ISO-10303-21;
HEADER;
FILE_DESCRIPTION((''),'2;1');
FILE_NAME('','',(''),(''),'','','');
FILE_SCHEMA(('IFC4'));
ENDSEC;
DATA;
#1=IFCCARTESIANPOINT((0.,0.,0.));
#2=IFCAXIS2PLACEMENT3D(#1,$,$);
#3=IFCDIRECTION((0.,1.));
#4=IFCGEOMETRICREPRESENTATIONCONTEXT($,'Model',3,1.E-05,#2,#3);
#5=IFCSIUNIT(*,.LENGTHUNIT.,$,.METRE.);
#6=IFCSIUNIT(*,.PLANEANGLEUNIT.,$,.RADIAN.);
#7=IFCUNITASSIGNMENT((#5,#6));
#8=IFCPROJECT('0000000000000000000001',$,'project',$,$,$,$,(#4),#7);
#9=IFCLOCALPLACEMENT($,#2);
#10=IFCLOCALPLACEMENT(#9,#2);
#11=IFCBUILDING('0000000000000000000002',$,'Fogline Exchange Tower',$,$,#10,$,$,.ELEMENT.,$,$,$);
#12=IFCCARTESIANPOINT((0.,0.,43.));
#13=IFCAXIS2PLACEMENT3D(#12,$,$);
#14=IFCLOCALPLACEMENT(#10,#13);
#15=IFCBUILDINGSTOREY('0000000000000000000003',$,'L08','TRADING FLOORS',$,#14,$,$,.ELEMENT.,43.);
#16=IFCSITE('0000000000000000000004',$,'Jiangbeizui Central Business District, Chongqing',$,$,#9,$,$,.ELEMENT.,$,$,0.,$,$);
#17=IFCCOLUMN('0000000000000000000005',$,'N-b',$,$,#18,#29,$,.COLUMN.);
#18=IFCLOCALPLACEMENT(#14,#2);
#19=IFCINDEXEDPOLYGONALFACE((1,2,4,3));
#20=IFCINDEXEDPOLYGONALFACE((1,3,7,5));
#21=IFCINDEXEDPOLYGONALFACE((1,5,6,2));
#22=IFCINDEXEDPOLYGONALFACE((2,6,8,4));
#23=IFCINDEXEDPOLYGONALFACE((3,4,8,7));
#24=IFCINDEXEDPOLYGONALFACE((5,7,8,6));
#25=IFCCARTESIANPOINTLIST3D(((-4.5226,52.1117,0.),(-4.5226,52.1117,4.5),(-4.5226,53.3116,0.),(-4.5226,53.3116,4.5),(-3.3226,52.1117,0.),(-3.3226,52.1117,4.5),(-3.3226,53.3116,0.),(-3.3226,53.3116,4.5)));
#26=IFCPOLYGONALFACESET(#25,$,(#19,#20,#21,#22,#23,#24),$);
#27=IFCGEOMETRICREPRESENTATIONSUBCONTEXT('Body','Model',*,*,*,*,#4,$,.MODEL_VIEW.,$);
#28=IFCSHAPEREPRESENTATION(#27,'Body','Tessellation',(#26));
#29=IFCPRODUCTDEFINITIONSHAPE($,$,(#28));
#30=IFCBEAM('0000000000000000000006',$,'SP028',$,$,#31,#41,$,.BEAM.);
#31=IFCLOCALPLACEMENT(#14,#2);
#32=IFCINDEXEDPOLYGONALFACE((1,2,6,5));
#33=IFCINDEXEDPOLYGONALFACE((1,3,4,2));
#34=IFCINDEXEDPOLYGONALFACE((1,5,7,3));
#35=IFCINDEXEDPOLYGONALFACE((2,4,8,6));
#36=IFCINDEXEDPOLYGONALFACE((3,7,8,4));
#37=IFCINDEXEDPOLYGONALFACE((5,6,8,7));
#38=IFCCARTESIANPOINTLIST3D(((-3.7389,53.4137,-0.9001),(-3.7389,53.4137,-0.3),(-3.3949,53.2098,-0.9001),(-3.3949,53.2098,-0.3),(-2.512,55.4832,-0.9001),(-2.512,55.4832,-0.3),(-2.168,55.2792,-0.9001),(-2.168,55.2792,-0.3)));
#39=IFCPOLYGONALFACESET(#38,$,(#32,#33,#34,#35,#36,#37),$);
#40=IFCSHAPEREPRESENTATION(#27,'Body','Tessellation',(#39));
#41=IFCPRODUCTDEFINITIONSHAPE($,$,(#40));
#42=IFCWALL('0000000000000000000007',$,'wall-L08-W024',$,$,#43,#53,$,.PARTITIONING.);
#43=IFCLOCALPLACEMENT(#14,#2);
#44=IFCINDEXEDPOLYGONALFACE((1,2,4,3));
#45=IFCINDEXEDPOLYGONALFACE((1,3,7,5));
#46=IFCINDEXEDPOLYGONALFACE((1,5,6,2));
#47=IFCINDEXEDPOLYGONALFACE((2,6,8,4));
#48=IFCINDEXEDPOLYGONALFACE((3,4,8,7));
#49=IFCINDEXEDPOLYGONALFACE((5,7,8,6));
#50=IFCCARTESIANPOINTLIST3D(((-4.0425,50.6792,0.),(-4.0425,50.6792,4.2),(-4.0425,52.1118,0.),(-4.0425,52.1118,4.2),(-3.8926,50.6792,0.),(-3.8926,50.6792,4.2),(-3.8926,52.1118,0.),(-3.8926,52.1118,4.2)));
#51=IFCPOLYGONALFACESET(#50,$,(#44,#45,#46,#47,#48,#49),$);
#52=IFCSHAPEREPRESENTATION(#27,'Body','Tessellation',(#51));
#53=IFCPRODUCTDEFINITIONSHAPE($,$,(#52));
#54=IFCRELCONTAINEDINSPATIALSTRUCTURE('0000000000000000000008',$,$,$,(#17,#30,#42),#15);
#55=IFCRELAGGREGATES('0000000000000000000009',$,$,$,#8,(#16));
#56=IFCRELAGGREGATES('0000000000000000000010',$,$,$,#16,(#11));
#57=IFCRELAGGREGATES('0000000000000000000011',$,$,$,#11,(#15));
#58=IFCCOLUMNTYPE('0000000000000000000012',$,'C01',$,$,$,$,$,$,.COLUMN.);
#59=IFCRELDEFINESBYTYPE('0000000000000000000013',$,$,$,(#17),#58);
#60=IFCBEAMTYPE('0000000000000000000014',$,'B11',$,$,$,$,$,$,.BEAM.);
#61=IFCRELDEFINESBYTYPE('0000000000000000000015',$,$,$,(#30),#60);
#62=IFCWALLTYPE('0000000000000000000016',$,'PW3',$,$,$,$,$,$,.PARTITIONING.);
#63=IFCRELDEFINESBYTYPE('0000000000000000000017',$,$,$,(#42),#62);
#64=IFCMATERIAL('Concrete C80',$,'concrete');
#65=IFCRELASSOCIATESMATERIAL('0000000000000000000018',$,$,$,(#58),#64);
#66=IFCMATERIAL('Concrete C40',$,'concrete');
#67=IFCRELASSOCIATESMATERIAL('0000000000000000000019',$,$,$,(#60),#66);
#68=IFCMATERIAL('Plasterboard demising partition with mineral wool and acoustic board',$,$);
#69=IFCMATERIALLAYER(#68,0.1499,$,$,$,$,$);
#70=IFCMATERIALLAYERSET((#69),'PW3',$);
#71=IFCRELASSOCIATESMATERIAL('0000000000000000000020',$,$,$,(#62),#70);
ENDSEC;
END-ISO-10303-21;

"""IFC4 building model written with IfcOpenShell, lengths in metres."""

from ifc_helpers import new_model, si_unit, direction, frame, frame_2d, origin, origin_2d, place, context, subcontext, project, spatial, rectangle, extrude, material, layer, layer_set, material_profile, profile_set, type_object, element, save


model = new_model("IFC4")

# Units and contexts
model_context = context("Model", 3, precision=1e-05, world=origin(), true_north=direction((0.0, 1.0)))
body_context = subcontext(model_context, "Body", "Model", "MODEL_VIEW")
ifc_project = project(units=[si_unit("LENGTHUNIT", "METRE"), si_unit("PLANEANGLEUNIT", "RADIAN")], contexts=[model_context])

# Site, building, storey
site_placement = place(None, origin())
site = spatial("IfcSite", under=ifc_project, at=site_placement, Name="Jiangbeizui Central Business District, Chongqing", CompositionType="ELEMENT", RefElevation=0.0)
building_placement = place(site_placement, origin())
building = spatial("IfcBuilding", under=site, at=building_placement, Name="Fogline Exchange Tower", CompositionType="ELEMENT")
storey_placement = place(building_placement, frame((0.0, 0.0, 43.0)))
storey = spatial("IfcBuildingStorey", under=building, at=storey_placement, Name="L08", Description="TRADING FLOORS", CompositionType="ELEMENT", Elevation=43.0)

# Column
ifc_material_1 = material(Name="Concrete C80", Category="concrete")
ifc_material_profile_1 = material_profile(ifc_material_1, rectangle(XDim=1.2, YDim=1.2, at=origin_2d()), Name="RC 1200x1200")
ifc_profile_set_1 = profile_set([ifc_material_profile_1], Name="Concrete C80")
column_type = type_object("IfcColumnType", Name="C01", PredefinedType="COLUMN", material=ifc_profile_set_1)
column_placement = place(storey_placement, frame((-3.9226, 52.7117, 0.0), z_axis=(0.0, 0.0, 1.0), x_axis=(1.0, 0.0, 0.0)))
element("IfcColumn", 1, at=column_placement, inside=storey, type_object=column_type, Name="N-b", PredefinedType="COLUMN", context=body_context, shape_type="SweptSolid", body=[
    extrude(rectangle(XDim=1.2, YDim=1.2, at=origin_2d()), origin(), (0.0, 0.0, 1.0), 4.5),
])

# Beam
ifc_material_2 = material(Name="Concrete C40", Category="concrete")
ifc_material_profile_2 = material_profile(ifc_material_2, rectangle(XDim=0.3999, YDim=0.6001, at=origin_2d()), Name="RC 400x600")
ifc_profile_set_2 = profile_set([ifc_material_profile_2], Name="Concrete C40")
beam_type = type_object("IfcBeamType", Name="B11", PredefinedType="BEAM", material=ifc_profile_set_2)
beam_placement = place(storey_placement, frame((-3.5669, 53.3118, -0.6001), z_axis=(0.509967, 0.860194, 0.0), x_axis=(-0.860194, 0.509967, 0.0)))
element("IfcBeam", 2, at=beam_placement, inside=storey, type_object=beam_type, Name="SP028", PredefinedType="BEAM", context=body_context, shape_type="SweptSolid", body=[
    extrude(rectangle(XDim=0.3999, YDim=0.6001, at=origin_2d()), origin(), (0.0, 0.0, 1.0), 2.4058),
])

# Wall
ifc_material_3 = material(Name="Plasterboard demising partition with mineral wool and acoustic board")
ifc_layer_1 = layer(ifc_material_3, 0.1499)
ifc_layer_set_1 = layer_set([ifc_layer_1], Name="PW3")
wall_type_1 = type_object("IfcWallType", Name="PW3", PredefinedType="PARTITIONING", material=ifc_layer_set_1)
wall_1_placement = place(storey_placement, frame((-3.9675, 52.1118, 0.0), z_axis=(0.0, 0.0, 1.0), x_axis=(0.0, -1.0, 0.0)))
element("IfcWall", 3, at=wall_1_placement, inside=storey, type_object=wall_type_1, Name="wall-L08-W024", PredefinedType="PARTITIONING", context=body_context, shape_type="SweptSolid", body=[
    extrude(rectangle(XDim=1.4326, YDim=0.1499, at=frame_2d((0.7163, 0.0))), origin(), (0.0, 0.0, 1.0), 4.2),
])

save(model, "model.ifc")
